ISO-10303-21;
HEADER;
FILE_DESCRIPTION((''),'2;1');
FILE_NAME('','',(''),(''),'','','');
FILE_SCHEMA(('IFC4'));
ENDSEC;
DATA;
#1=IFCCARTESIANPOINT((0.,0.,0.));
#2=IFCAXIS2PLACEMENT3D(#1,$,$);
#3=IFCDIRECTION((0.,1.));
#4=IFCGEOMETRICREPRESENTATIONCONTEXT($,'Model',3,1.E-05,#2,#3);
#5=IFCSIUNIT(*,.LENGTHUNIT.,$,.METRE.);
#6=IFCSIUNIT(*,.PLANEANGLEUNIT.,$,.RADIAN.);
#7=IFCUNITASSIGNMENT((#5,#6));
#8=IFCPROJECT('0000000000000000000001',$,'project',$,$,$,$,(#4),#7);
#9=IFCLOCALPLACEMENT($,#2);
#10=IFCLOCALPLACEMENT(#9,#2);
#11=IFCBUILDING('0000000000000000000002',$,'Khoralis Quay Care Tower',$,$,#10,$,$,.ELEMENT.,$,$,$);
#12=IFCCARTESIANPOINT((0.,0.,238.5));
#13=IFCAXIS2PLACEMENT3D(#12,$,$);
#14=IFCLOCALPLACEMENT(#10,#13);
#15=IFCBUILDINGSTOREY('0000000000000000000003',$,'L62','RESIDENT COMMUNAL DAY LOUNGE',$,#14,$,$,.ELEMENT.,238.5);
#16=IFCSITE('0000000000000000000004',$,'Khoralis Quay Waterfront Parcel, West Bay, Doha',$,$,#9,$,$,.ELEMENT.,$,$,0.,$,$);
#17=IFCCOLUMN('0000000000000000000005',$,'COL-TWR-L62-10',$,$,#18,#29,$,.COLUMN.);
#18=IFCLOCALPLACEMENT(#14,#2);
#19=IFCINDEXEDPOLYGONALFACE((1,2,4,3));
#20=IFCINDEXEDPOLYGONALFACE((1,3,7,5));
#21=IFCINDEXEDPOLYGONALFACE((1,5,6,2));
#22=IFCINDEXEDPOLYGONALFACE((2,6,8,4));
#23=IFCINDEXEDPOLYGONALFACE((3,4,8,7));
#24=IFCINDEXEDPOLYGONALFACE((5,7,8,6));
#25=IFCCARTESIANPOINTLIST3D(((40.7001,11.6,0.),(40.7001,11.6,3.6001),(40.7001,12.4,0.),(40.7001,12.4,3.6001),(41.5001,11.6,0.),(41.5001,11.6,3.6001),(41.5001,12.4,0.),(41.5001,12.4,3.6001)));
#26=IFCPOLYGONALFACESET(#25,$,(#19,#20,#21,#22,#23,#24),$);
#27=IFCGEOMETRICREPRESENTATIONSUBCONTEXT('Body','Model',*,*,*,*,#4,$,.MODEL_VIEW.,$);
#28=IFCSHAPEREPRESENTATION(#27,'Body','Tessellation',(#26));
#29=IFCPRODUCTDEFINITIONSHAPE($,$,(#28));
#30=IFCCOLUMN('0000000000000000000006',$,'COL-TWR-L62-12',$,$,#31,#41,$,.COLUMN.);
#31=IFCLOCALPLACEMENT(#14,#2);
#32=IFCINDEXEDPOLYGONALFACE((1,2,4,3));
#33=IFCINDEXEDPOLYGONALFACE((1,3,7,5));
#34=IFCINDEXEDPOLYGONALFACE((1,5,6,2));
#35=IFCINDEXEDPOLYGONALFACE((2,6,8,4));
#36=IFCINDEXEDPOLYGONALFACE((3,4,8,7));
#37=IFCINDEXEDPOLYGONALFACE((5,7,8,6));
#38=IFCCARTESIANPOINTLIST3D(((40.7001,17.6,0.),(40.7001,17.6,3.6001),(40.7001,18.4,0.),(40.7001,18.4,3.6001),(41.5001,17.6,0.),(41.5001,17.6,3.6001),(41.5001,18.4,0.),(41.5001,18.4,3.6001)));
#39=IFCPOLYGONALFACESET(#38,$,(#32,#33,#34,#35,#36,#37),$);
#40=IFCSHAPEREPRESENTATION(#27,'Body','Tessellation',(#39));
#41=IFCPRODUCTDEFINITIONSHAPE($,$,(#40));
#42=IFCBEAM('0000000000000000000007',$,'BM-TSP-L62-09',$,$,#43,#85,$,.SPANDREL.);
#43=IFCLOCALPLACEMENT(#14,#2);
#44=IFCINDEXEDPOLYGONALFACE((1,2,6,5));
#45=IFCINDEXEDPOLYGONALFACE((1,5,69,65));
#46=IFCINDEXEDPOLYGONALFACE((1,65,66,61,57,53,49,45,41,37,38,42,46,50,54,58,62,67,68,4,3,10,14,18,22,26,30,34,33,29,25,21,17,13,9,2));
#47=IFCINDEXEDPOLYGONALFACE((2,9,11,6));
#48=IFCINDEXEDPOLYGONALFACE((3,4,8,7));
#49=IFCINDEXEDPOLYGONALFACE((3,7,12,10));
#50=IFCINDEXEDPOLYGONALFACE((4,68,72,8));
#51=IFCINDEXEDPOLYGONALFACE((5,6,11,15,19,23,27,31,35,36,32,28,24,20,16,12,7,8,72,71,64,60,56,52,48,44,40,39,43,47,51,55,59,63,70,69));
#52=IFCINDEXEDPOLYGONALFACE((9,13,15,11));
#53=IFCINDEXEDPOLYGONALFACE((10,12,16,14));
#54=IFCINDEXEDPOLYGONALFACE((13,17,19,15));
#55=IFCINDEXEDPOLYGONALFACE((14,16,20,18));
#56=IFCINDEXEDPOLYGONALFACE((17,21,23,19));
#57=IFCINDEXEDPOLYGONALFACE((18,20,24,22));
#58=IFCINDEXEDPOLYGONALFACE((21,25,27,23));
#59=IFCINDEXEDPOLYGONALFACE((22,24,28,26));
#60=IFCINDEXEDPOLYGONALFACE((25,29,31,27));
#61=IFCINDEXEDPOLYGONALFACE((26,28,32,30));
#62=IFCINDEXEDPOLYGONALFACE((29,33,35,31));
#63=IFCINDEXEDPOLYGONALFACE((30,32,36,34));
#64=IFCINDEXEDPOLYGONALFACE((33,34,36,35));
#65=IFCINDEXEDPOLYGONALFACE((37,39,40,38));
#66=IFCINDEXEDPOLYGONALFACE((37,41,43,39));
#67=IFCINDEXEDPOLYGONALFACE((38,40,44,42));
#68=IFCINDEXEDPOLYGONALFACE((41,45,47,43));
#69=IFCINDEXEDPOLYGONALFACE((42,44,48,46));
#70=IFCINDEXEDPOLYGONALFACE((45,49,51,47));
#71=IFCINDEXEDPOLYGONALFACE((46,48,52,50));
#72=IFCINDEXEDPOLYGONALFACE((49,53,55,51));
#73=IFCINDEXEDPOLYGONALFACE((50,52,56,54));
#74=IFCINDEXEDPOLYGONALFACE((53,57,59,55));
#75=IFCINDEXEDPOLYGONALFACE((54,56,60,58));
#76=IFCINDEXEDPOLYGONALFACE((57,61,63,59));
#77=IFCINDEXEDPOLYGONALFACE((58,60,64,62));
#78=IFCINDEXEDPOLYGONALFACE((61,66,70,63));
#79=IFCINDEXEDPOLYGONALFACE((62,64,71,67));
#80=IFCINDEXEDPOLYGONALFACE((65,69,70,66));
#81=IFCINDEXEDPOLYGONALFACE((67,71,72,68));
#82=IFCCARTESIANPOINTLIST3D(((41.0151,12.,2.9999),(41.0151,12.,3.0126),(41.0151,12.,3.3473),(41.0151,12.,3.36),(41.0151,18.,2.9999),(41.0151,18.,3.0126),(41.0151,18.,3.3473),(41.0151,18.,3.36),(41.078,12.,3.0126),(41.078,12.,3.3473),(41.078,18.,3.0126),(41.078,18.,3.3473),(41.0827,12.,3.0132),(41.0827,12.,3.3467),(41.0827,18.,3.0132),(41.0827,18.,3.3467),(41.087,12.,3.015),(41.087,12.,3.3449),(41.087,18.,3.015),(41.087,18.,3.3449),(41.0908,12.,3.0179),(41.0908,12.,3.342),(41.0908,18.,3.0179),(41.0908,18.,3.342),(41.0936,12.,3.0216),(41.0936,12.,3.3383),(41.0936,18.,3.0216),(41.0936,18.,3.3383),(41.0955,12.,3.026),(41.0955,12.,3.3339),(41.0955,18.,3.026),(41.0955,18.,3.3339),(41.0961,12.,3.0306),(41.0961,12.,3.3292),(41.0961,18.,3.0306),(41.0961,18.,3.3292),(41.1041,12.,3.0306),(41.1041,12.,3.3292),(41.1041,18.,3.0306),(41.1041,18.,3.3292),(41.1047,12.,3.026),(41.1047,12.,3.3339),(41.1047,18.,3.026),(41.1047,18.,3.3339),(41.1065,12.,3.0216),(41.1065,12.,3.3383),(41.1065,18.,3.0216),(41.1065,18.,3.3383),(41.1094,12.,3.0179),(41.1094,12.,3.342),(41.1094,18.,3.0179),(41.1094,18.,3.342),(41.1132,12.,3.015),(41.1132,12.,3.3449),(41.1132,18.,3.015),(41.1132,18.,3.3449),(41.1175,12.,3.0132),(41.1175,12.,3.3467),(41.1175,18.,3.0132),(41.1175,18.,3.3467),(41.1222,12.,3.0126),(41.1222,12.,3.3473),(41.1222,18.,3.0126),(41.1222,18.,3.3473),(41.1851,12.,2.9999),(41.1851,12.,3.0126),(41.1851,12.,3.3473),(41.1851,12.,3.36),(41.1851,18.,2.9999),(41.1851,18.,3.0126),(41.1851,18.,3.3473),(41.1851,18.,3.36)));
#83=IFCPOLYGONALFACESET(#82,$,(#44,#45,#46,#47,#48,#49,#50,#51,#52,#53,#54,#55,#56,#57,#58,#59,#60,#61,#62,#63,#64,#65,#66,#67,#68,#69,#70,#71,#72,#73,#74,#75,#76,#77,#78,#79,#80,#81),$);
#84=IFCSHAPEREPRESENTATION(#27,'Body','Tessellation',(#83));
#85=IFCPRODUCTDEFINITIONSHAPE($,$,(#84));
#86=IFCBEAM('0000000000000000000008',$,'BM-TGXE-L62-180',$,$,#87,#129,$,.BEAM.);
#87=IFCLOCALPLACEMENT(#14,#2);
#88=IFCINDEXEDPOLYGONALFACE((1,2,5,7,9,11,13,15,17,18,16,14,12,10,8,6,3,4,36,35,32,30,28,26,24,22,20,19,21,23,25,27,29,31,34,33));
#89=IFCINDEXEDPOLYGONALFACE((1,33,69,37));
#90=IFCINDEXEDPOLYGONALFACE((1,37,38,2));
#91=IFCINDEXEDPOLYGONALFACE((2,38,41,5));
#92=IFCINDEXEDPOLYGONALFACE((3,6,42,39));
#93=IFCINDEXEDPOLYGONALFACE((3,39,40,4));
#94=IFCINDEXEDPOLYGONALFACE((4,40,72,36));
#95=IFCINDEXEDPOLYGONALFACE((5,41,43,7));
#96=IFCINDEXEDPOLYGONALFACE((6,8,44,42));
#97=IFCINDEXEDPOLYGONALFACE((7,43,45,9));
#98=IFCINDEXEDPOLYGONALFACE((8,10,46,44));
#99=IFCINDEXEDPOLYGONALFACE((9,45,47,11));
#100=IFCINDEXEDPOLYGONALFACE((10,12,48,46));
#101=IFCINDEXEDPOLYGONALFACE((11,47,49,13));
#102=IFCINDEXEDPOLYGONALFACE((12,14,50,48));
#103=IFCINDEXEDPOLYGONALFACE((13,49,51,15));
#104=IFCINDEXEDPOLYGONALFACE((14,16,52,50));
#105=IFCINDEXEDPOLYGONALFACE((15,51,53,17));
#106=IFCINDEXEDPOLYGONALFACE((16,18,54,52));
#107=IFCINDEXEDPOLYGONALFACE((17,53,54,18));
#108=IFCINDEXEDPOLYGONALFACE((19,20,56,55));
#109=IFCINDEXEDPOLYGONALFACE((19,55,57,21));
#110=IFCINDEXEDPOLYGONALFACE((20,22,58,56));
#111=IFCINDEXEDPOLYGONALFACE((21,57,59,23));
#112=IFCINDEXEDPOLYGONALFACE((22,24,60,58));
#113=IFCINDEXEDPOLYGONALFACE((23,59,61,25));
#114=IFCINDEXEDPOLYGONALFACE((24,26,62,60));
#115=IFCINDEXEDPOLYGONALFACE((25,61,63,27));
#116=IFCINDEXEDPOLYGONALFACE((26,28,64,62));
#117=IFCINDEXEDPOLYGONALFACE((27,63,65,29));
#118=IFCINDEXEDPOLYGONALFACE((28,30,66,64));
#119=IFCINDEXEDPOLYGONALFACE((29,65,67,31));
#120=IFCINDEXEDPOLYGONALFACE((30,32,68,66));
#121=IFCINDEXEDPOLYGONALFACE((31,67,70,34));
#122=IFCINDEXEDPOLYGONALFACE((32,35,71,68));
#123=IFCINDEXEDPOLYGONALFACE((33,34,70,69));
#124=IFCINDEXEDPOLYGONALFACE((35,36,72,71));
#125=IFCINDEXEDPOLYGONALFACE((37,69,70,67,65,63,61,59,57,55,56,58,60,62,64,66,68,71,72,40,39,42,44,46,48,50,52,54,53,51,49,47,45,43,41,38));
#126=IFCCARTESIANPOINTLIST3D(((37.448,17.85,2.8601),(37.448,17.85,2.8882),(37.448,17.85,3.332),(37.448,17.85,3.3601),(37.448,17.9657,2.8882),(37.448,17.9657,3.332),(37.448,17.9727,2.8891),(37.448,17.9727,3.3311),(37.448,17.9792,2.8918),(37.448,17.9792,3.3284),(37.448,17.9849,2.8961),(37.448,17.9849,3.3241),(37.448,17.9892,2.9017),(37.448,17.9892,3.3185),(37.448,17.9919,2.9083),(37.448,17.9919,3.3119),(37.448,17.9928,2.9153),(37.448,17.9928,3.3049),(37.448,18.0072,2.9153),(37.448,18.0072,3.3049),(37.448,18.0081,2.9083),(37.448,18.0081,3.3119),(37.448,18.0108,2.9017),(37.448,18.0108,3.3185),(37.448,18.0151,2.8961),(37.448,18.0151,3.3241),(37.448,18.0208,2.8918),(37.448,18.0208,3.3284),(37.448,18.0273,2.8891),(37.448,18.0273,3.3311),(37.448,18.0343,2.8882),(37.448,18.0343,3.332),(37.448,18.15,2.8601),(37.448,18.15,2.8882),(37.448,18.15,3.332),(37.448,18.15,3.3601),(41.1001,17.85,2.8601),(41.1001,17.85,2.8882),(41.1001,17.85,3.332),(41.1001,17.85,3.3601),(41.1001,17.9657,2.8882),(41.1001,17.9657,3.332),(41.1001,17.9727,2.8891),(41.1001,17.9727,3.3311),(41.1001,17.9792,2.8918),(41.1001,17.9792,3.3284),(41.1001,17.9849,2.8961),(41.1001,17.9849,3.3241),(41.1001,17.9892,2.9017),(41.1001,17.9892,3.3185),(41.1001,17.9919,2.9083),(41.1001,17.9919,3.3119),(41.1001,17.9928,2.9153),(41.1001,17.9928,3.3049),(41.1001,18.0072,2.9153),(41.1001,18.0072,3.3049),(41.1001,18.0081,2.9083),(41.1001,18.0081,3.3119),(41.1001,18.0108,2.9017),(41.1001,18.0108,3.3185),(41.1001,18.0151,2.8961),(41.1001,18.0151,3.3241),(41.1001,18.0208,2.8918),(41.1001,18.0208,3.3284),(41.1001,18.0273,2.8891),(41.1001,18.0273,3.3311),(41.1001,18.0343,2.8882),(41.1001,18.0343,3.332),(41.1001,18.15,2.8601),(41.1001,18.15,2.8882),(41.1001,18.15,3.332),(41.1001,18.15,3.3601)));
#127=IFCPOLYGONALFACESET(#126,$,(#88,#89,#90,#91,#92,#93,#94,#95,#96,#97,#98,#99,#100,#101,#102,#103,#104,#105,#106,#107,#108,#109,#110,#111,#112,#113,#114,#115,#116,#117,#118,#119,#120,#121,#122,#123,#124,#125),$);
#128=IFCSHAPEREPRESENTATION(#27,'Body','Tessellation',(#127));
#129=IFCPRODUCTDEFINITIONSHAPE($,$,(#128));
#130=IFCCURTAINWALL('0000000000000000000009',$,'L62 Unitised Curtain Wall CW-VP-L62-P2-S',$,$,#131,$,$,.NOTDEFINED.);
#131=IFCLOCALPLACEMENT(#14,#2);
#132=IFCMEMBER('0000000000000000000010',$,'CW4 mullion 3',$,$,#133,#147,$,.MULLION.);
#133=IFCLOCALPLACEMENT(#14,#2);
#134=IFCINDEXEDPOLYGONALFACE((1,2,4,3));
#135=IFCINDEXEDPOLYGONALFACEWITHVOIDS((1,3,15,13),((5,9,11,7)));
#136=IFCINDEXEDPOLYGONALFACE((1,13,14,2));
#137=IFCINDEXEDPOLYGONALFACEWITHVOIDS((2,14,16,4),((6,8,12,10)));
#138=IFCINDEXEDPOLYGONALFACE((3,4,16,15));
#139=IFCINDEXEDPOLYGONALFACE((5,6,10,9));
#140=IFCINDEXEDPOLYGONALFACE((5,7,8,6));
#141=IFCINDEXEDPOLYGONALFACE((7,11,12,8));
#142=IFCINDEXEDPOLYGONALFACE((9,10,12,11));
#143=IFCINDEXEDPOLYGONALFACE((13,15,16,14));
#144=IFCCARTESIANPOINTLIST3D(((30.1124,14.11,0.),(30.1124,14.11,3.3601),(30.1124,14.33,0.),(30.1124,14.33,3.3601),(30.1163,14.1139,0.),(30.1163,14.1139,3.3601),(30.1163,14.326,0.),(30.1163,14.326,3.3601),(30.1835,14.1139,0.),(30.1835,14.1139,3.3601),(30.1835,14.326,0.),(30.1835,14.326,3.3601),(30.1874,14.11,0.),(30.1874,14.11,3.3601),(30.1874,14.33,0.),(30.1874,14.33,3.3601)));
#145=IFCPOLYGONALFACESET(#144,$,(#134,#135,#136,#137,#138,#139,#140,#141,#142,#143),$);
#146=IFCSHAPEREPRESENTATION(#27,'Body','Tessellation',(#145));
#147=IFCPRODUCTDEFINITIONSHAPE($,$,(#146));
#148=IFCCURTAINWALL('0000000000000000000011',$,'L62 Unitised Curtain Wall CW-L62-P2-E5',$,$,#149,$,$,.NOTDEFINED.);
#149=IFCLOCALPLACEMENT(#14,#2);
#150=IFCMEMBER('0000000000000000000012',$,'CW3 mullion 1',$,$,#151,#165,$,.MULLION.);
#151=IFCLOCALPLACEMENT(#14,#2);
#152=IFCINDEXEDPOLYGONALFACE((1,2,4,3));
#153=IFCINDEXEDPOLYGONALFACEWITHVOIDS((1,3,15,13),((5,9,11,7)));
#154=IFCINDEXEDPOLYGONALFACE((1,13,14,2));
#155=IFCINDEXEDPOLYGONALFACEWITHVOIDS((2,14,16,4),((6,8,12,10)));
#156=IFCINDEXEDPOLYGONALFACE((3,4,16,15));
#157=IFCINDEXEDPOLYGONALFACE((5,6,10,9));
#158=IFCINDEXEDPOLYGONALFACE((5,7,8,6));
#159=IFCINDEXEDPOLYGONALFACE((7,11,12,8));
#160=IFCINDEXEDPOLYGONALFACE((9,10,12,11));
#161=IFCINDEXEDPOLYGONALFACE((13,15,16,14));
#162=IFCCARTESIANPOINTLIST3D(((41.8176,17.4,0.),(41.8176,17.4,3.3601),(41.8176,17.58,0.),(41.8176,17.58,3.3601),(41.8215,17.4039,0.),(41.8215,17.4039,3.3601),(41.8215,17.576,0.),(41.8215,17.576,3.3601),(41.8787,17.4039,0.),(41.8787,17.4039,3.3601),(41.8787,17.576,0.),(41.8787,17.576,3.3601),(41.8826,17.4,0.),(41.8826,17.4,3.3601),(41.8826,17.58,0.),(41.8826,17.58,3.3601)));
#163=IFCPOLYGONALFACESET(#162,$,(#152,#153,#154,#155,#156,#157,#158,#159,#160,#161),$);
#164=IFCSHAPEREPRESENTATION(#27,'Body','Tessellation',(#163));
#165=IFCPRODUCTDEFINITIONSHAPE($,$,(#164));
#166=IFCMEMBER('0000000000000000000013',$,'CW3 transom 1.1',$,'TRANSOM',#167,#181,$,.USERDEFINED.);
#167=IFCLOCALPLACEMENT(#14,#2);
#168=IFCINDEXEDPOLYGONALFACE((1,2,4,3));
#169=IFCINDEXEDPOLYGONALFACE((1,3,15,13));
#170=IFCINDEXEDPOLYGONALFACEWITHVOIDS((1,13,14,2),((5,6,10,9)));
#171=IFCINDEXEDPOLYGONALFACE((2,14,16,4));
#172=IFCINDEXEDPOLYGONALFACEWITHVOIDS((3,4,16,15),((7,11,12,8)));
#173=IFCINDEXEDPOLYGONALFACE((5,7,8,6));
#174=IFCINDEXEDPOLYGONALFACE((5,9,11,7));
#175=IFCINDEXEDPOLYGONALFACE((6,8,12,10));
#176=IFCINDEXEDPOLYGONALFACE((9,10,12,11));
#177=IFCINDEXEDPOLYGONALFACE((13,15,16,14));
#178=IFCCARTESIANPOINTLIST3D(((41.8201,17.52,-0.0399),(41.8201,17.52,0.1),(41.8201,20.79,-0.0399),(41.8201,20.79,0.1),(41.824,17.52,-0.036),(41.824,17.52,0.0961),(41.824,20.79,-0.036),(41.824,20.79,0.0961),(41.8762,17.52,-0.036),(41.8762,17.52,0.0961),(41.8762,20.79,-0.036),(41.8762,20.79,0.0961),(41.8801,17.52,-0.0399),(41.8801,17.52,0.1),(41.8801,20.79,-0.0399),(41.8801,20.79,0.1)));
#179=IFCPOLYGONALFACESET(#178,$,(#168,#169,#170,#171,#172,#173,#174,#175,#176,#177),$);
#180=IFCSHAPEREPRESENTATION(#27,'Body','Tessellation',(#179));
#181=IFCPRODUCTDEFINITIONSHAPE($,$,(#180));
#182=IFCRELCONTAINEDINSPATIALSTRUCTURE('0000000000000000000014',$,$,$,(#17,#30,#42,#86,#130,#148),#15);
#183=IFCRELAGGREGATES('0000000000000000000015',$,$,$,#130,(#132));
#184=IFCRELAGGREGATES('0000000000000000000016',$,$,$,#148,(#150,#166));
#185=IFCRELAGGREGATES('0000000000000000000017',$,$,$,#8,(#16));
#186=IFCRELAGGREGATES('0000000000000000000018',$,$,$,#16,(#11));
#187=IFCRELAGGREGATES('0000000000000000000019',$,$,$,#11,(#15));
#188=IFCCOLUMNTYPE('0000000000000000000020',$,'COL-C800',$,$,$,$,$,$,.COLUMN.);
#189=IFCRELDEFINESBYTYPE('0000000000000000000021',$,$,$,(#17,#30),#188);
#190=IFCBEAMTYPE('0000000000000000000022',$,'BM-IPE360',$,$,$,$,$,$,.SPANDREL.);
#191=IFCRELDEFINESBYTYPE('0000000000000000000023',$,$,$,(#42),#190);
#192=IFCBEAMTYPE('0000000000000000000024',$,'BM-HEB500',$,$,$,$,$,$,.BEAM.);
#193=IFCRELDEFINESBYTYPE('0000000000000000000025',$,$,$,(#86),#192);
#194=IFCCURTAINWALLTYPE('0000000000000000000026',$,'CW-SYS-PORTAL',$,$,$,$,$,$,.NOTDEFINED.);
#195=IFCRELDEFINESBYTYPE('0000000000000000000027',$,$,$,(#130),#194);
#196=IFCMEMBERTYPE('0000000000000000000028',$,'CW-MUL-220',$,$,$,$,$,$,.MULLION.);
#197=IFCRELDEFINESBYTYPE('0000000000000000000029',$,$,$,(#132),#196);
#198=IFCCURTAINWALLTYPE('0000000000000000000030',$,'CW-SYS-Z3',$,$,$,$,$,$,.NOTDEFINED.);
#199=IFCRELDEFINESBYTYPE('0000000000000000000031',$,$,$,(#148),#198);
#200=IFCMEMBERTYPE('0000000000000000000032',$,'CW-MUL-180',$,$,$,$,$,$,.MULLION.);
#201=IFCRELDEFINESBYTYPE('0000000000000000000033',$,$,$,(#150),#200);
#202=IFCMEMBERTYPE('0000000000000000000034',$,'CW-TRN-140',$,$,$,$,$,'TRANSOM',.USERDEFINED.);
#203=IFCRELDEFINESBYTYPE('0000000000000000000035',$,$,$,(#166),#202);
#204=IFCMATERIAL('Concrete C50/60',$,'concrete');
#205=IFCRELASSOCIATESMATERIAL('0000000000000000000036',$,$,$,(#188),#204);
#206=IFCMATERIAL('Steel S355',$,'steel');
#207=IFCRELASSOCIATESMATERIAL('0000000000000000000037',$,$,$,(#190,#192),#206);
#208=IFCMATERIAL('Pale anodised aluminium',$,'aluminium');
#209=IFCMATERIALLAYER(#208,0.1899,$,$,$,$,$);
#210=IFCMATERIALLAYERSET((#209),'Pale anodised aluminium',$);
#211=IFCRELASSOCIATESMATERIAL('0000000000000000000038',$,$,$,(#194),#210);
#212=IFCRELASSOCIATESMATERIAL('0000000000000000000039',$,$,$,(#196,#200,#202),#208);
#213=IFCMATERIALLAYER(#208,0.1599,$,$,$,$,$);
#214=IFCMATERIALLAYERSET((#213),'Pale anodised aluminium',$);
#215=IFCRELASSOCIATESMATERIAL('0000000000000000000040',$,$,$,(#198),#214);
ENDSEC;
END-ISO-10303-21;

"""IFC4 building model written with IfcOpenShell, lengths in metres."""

from ifc_helpers import new_model, si_unit, direction, frame, origin, origin_2d, place, context, subcontext, project, spatial, rectangle, hollow_rectangle, i_section, extrude, source, transform, mapped, material, layer, layer_set, material_profile, profile_set, type_object, element, aggregate, save


model = new_model("IFC4")

# Units and contexts
model_context = context("Model", 3, precision=1e-05, world=origin(), true_north=direction((0.0, 1.0)))
body_context = subcontext(model_context, "Body", "Model", "MODEL_VIEW")
ifc_project = project(units=[si_unit("LENGTHUNIT", "METRE"), si_unit("PLANEANGLEUNIT", "RADIAN")], contexts=[model_context])

# Site, building, storey
site_placement = place(None, origin())
site = spatial("IfcSite", under=ifc_project, at=site_placement, Name="Khoralis Quay Waterfront Parcel, West Bay, Doha", CompositionType="ELEMENT", RefElevation=0.0)
building_placement = place(site_placement, origin())
building = spatial("IfcBuilding", under=site, at=building_placement, Name="Khoralis Quay Care Tower", CompositionType="ELEMENT")
storey_placement = place(building_placement, frame((0.0, 0.0, 238.5)))
storey = spatial("IfcBuildingStorey", under=building, at=storey_placement, Name="L62", Description="RESIDENT COMMUNAL DAY LOUNGE", CompositionType="ELEMENT", Elevation=238.5)

# Columns
ifc_material_1 = material(Name="Concrete C50/60", Category="concrete")
ifc_material_profile_1 = material_profile(ifc_material_1, rectangle(XDim=0.8, YDim=0.8, at=origin_2d()), Name="Concrete C50/60")
ifc_profile_set_1 = profile_set([ifc_material_profile_1], Name="Concrete C50/60")
column_type = type_object("IfcColumnType", Name="COL-C800", PredefinedType="COLUMN", material=ifc_profile_set_1)
shared_shape_1 = source(origin(), body_context, "Body", "SweptSolid", [
    extrude(rectangle(XDim=0.8, YDim=0.8, at=origin_2d()), origin(), (0.0, 0.0, 1.0), 3.6001),
])
for number, where, z_axis, x_axis, name in (
    (1, (41.1001, 12.0, 0.0), (0.0, 0.0, 1.0), (1.0, 0.0, 0.0), "COL-TWR-L62-10"),
    (2, (41.1001, 18.0, 0.0), (0.0, 0.0, 1.0), (1.0, 0.0, 0.0), "COL-TWR-L62-12"),
):
    element("IfcColumn", number, at=place(storey_placement, frame(where, z_axis=z_axis, x_axis=x_axis)), inside=storey, type_object=column_type, Name=name, PredefinedType="COLUMN", context=body_context, shape_type="MappedRepresentation", body=[
        mapped(shared_shape_1, transform((0.0, 0.0, 0.0), scale=1.0)),
    ])

# Beams
ifc_material_2 = material(Name="Steel S355", Category="steel")
ifc_material_profile_2 = material_profile(ifc_material_2, i_section(OverallWidth=0.1699, OverallDepth=0.3601, WebThickness=0.0081, FlangeThickness=0.0127, FilletRadius=0.0181, at=origin_2d()), Name="Steel S355")
ifc_profile_set_2 = profile_set([ifc_material_profile_2], Name="Steel S355")
beam_type_1 = type_object("IfcBeamType", Name="BM-IPE360", PredefinedType="SPANDREL", material=ifc_profile_set_2)
shared_shape_2 = source(origin(), body_context, "Body", "SweptSolid", [
    extrude(i_section(OverallWidth=0.1699, OverallDepth=0.3601, WebThickness=0.0081, FlangeThickness=0.0127, FilletRadius=0.0181, at=origin_2d()), origin(), (0.0, 0.0, 1.0), 6.0),
])
beam_1_placement = place(storey_placement, frame((41.1001, 12.0, 3.1799), z_axis=(0.0, 1.0, 0.0), x_axis=(-1.0, 0.0, 0.0)))
element("IfcBeam", 3, at=beam_1_placement, inside=storey, type_object=beam_type_1, Name="BM-TSP-L62-09", PredefinedType="SPANDREL", context=body_context, shape_type="MappedRepresentation", body=[
    mapped(shared_shape_2, transform((0.0, 0.0, 0.0), scale=1.0)),
])
ifc_material_profile_3 = material_profile(ifc_material_2, i_section(OverallWidth=0.3, OverallDepth=0.5, WebThickness=0.0144, FlangeThickness=0.0281, FilletRadius=0.0271, at=origin_2d()), Name="Steel S355")
ifc_profile_set_3 = profile_set([ifc_material_profile_3], Name="Steel S355")
beam_type_2 = type_object("IfcBeamType", Name="BM-HEB500", PredefinedType="BEAM", material=ifc_profile_set_3)
shared_shape_3 = source(origin(), body_context, "Body", "SweptSolid", [
    extrude(i_section(OverallWidth=0.3, OverallDepth=0.5, WebThickness=0.0144, FlangeThickness=0.0281, FilletRadius=0.0271, at=origin_2d()), origin(), (0.0, 0.0, 1.0), 3.6521),
])
beam_2_placement = place(storey_placement, frame((37.448, 18.0, 3.1101), z_axis=(1.0, 0.0, 0.0), x_axis=(0.0, 1.0, 0.0)))
element("IfcBeam", 4, at=beam_2_placement, inside=storey, type_object=beam_type_2, Name="BM-TGXE-L62-180", PredefinedType="BEAM", context=body_context, shape_type="MappedRepresentation", body=[
    mapped(shared_shape_3, transform((0.0, 0.0, 0.0), scale=1.0)),
])

# Curtain wall, member
ifc_material_3 = material(Name="Pale anodised aluminium", Category="aluminium")
ifc_layer_1 = layer(ifc_material_3, 0.1899)
ifc_layer_set_1 = layer_set([ifc_layer_1], Name="Pale anodised aluminium")
curtain_wall_type_1 = type_object("IfcCurtainWallType", Name="CW-SYS-PORTAL", PredefinedType="NOTDEFINED", material=ifc_layer_set_1)
curtain_wall_1_placement = place(storey_placement, origin())
curtain_wall_1 = element("IfcCurtainWall", 5, at=curtain_wall_1_placement, inside=storey, type_object=curtain_wall_type_1, Name="L62 Unitised Curtain Wall CW-VP-L62-P2-S", PredefinedType="NOTDEFINED")
ifc_material_profile_4 = material_profile(ifc_material_3, hollow_rectangle(XDim=0.075, YDim=0.22, WallThickness=0.0039, at=origin_2d()), Name="Pale anodised aluminium")
ifc_profile_set_4 = profile_set([ifc_material_profile_4], Name="Pale anodised aluminium")
member_type_1 = type_object("IfcMemberType", Name="CW-MUL-220", PredefinedType="MULLION", material=ifc_profile_set_4)
shared_shape_4 = source(origin(), body_context, "Body", "SweptSolid", [
    extrude(hollow_rectangle(XDim=0.075, YDim=0.22, WallThickness=0.0039, at=origin_2d()), origin(), (0.0, 0.0, 1.0), 3.3601),
])
member_1_placement = place(storey_placement, frame((30.1499, 14.22, 0.0), z_axis=(0.0, 0.0, 1.0), x_axis=(-1.0, 0.0, 0.0)))
member_1 = element("IfcMember", 6, at=member_1_placement, type_object=member_type_1, Name="CW4 mullion 3", PredefinedType="MULLION", context=body_context, shape_type="MappedRepresentation", body=[
    mapped(shared_shape_4, transform((0.0, 0.0, 0.0), scale=1.0)),
])
aggregate(curtain_wall_1, [member_1])

# Curtain wall, members
ifc_layer_2 = layer(ifc_material_3, 0.1599)
ifc_layer_set_2 = layer_set([ifc_layer_2], Name="Pale anodised aluminium")
curtain_wall_type_2 = type_object("IfcCurtainWallType", Name="CW-SYS-Z3", PredefinedType="NOTDEFINED", material=ifc_layer_set_2)
curtain_wall_2_placement = place(storey_placement, origin())
curtain_wall_2 = element("IfcCurtainWall", 7, at=curtain_wall_2_placement, inside=storey, type_object=curtain_wall_type_2, Name="L62 Unitised Curtain Wall CW-L62-P2-E5", PredefinedType="NOTDEFINED")
ifc_material_profile_5 = material_profile(ifc_material_3, hollow_rectangle(XDim=0.0649, YDim=0.1799, WallThickness=0.0039, at=origin_2d()), Name="Pale anodised aluminium")
ifc_profile_set_5 = profile_set([ifc_material_profile_5], Name="Pale anodised aluminium")
member_type_2 = type_object("IfcMemberType", Name="CW-MUL-180", PredefinedType="MULLION", material=ifc_profile_set_5)
shared_shape_5 = source(origin(), body_context, "Body", "SweptSolid", [
    extrude(hollow_rectangle(XDim=0.0649, YDim=0.1799, WallThickness=0.0039, at=origin_2d()), origin(), (0.0, 0.0, 1.0), 3.3601),
])
member_2_placement = place(storey_placement, frame((41.8501, 17.49, 0.0), z_axis=(0.0, 0.0, 1.0), x_axis=(-1.0, 0.0, 0.0)))
member_2 = element("IfcMember", 8, at=member_2_placement, type_object=member_type_2, Name="CW3 mullion 1", PredefinedType="MULLION", context=body_context, shape_type="MappedRepresentation", body=[
    mapped(shared_shape_5, transform((0.0, 0.0, 0.0), scale=1.0)),
])
ifc_material_profile_6 = material_profile(ifc_material_3, hollow_rectangle(XDim=0.0601, YDim=0.1399, WallThickness=0.0039, at=origin_2d()), Name="Pale anodised aluminium")
ifc_profile_set_6 = profile_set([ifc_material_profile_6], Name="Pale anodised aluminium")
member_type_3 = type_object("IfcMemberType", Name="CW-TRN-140", ElementType="TRANSOM", PredefinedType="USERDEFINED", material=ifc_profile_set_6)
shared_shape_6 = source(origin(), body_context, "Body", "SweptSolid", [
    extrude(hollow_rectangle(XDim=0.0601, YDim=0.1399, WallThickness=0.0039, at=origin_2d()), origin(), (0.0, 0.0, 1.0), 3.27),
])
member_3_placement = place(storey_placement, frame((41.8501, 17.52, 0.03), z_axis=(0.0, 1.0, 0.0), x_axis=(-1.0, 0.0, 0.0)))
member_3 = element("IfcMember", 9, at=member_3_placement, type_object=member_type_3, Name="CW3 transom 1.1", ObjectType="TRANSOM", PredefinedType="USERDEFINED", context=body_context, shape_type="MappedRepresentation", body=[
    mapped(shared_shape_6, transform((0.0, 0.0, 0.0), scale=1.0)),
])
aggregate(curtain_wall_2, [member_2, member_3])

save(model, "model.ifc")
